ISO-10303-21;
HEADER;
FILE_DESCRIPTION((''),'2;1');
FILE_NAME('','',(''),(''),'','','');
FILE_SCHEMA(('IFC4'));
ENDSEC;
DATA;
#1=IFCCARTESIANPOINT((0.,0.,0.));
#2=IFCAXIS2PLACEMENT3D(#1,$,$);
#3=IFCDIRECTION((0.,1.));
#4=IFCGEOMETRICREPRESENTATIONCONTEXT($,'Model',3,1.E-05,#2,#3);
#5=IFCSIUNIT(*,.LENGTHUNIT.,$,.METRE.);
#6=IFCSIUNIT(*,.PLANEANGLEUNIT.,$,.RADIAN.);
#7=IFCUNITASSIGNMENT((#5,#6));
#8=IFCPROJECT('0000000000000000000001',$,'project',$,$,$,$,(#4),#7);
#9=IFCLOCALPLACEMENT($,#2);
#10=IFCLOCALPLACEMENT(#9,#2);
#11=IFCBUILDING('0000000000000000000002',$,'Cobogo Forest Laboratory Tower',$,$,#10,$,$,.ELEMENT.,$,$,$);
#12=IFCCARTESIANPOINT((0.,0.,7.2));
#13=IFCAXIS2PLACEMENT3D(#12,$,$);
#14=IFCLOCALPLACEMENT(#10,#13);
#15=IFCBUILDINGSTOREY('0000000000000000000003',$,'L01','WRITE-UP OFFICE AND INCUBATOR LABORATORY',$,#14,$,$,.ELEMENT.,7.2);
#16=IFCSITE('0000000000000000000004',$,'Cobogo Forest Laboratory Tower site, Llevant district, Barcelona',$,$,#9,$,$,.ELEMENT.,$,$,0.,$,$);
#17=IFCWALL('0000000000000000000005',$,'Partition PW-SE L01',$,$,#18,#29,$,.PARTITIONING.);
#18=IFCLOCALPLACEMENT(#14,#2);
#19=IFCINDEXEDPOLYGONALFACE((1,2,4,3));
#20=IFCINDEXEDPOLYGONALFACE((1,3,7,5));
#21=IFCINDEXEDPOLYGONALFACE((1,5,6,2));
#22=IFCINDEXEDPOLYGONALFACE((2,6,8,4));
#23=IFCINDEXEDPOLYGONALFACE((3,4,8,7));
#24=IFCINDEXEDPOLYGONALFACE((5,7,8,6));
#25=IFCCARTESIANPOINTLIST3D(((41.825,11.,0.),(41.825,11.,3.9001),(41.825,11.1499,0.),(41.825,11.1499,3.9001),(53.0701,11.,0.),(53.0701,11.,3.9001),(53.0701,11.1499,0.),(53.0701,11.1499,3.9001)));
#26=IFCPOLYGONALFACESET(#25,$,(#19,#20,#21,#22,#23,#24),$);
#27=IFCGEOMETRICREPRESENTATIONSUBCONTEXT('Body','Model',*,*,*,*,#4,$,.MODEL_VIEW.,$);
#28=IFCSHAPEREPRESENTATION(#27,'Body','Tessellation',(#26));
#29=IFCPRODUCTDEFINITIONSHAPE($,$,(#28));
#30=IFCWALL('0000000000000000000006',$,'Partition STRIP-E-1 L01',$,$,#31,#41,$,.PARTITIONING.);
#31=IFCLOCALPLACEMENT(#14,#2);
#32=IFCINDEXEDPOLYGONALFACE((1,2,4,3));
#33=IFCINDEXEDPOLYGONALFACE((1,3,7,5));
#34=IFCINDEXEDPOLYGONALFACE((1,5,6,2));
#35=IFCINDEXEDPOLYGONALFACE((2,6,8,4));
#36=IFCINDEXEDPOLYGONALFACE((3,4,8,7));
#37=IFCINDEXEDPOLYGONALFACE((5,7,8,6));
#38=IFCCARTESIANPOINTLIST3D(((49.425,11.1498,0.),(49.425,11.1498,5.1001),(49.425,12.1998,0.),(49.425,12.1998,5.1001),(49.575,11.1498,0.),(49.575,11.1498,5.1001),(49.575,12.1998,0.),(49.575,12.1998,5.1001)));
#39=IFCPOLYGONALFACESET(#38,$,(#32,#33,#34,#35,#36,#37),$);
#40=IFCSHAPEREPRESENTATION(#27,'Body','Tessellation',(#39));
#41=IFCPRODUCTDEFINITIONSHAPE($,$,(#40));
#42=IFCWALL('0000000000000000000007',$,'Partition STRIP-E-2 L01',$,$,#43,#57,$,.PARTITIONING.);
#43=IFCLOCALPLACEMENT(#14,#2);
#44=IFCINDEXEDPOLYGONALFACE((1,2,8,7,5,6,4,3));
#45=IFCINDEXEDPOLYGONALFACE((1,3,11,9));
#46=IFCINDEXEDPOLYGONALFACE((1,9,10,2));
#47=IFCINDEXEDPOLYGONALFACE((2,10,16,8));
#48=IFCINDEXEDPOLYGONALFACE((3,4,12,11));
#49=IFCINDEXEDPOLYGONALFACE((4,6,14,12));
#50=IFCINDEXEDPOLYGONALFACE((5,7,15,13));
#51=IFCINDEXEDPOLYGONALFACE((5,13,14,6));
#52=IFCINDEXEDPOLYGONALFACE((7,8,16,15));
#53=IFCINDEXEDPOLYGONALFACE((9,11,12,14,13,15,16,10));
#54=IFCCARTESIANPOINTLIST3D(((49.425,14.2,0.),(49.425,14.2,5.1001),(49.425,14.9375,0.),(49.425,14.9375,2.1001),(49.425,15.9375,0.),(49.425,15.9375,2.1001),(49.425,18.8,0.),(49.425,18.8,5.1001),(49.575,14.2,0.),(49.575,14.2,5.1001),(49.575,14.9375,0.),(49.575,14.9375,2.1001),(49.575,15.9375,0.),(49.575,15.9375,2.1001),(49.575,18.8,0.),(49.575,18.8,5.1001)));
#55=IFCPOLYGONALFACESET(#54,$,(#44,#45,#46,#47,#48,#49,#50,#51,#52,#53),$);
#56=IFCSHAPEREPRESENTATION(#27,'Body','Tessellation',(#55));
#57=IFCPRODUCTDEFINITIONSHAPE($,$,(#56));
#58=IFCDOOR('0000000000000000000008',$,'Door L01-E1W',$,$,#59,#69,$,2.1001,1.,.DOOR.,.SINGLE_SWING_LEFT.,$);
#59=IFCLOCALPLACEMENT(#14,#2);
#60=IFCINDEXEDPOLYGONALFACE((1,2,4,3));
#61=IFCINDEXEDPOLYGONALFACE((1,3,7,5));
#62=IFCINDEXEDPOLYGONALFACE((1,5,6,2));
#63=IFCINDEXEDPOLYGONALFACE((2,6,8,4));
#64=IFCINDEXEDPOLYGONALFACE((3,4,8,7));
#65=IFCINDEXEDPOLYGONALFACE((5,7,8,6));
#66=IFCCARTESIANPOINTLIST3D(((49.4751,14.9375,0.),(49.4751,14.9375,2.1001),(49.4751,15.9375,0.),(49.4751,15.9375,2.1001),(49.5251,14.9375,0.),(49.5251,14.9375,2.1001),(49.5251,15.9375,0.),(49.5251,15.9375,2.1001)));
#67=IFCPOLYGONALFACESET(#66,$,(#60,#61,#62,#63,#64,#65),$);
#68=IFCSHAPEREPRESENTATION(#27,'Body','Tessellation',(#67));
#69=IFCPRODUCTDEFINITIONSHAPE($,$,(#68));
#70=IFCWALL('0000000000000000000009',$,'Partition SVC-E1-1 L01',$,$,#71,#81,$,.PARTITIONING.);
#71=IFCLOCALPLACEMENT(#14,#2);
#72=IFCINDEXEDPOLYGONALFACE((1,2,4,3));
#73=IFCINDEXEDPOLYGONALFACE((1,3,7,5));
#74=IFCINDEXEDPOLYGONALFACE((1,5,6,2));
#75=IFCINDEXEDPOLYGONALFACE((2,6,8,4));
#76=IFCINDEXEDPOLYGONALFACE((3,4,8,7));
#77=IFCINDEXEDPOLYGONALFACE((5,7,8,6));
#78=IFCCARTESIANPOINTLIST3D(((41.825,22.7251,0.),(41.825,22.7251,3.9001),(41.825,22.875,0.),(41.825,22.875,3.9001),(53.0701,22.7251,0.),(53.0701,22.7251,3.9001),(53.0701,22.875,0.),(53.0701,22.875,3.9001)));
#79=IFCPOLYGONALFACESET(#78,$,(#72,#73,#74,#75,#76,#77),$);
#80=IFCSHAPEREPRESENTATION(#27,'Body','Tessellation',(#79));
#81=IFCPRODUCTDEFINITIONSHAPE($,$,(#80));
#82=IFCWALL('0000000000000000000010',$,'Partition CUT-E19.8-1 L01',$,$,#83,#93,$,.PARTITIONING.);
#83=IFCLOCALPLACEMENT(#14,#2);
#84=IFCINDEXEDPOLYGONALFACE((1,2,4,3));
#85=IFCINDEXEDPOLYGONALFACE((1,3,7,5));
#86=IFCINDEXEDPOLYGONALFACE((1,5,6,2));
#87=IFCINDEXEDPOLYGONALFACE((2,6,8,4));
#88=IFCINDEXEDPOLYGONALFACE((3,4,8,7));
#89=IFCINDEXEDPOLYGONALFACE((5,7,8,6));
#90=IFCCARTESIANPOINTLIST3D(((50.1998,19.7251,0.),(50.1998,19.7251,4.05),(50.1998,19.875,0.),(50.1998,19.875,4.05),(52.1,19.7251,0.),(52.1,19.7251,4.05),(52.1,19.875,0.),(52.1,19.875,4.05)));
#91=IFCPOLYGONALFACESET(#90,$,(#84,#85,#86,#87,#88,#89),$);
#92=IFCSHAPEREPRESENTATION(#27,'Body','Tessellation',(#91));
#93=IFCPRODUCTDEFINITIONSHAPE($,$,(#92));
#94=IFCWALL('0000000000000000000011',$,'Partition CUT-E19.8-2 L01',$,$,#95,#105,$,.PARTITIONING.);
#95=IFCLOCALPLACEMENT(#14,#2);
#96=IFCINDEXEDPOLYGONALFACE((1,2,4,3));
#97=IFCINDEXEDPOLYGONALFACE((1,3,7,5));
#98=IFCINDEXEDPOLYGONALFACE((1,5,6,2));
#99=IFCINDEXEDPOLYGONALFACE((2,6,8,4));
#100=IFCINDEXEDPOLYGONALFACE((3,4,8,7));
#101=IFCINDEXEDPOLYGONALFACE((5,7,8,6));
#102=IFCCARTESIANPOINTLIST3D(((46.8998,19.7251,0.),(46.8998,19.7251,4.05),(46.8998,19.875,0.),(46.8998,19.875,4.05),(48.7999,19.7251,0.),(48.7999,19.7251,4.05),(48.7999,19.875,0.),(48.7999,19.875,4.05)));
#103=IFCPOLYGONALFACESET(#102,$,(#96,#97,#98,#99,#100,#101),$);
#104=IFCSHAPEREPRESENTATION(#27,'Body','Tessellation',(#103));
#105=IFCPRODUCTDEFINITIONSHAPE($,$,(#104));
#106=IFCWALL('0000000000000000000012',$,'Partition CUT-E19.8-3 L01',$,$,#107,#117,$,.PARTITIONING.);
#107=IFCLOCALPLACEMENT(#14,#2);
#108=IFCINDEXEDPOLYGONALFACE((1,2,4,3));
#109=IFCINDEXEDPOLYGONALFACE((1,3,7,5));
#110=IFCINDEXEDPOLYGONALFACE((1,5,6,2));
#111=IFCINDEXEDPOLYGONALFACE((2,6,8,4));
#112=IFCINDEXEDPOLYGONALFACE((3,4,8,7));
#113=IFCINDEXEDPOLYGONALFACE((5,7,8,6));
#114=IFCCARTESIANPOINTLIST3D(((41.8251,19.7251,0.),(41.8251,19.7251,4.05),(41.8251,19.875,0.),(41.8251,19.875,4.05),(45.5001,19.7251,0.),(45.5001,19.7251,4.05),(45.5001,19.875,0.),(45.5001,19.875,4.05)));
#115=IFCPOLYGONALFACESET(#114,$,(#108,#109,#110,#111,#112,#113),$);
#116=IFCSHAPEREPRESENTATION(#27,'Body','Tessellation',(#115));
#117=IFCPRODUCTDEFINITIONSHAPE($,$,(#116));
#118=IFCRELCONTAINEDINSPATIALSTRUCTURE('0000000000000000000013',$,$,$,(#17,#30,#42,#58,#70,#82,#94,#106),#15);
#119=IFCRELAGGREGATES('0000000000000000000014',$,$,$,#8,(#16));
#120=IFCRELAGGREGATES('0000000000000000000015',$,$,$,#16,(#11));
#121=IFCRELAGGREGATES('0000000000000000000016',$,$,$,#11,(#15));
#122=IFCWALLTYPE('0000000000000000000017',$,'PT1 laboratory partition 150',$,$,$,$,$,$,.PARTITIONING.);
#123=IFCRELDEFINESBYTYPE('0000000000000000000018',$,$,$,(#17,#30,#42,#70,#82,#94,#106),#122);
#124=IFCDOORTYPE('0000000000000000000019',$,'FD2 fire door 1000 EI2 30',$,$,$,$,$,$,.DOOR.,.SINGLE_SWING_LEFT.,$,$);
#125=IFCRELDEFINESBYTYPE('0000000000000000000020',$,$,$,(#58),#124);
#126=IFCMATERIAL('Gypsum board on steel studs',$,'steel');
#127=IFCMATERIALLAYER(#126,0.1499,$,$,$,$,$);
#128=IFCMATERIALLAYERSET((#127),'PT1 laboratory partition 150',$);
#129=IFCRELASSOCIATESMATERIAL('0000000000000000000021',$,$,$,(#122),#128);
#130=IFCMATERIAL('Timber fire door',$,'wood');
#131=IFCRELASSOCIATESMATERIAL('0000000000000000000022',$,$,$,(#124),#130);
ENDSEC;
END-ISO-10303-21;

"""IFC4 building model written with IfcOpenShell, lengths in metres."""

from ifc_helpers import new_model, si_unit, direction, frame, frame_2d, origin, place, context, subcontext, project, spatial, rectangle, extrude, material, layer, layer_set, type_object, element, fill, save


model = new_model("IFC4")

# Units and contexts
model_context = context("Model", 3, precision=1e-05, world=origin(), true_north=direction((0.0, 1.0)))
body_context = subcontext(model_context, "Body", "Model", "MODEL_VIEW")
ifc_project = project(units=[si_unit("LENGTHUNIT", "METRE"), si_unit("PLANEANGLEUNIT", "RADIAN")], contexts=[model_context])

# Site, building, storey
site_placement = place(None, origin())
site = spatial("IfcSite", under=ifc_project, at=site_placement, Name="Cobogo Forest Laboratory Tower site, Llevant district, Barcelona", CompositionType="ELEMENT", RefElevation=0.0)
building_placement = place(site_placement, origin())
building = spatial("IfcBuilding", under=site, at=building_placement, Name="Cobogo Forest Laboratory Tower", CompositionType="ELEMENT")
storey_placement = place(building_placement, frame((0.0, 0.0, 7.2)))
storey = spatial("IfcBuildingStorey", under=building, at=storey_placement, Name="L01", Description="WRITE-UP OFFICE AND INCUBATOR LABORATORY", CompositionType="ELEMENT", Elevation=7.2)

# Walls
ifc_material_1 = material(Name="Gypsum board on steel studs", Category="steel")
ifc_layer_1 = layer(ifc_material_1, 0.1499)
ifc_layer_set_1 = layer_set([ifc_layer_1], Name="PT1 laboratory partition 150")
wall_type = type_object("IfcWallType", Name="PT1 laboratory partition 150", PredefinedType="PARTITIONING", material=ifc_layer_set_1)
wall_1_placement = place(storey_placement, frame((53.0701, 11.075, 0.0), z_axis=(0.0, 0.0, 1.0), x_axis=(-1.0, 0.0, 0.0)))
element("IfcWall", 1, at=wall_1_placement, inside=storey, type_object=wall_type, Name="Partition PW-SE L01", PredefinedType="PARTITIONING", context=body_context, shape_type="SweptSolid", body=[
    extrude(rectangle(XDim=11.2451, YDim=0.1499, at=frame_2d((5.6226, 0.0))), origin(), (0.0, 0.0, 1.0), 3.9001),
])
wall_2_placement = place(storey_placement, frame((49.5, 11.1499, 0.0), z_axis=(0.0, 0.0, 1.0), x_axis=(0.0, 1.0, 0.0)))
element("IfcWall", 2, at=wall_2_placement, inside=storey, type_object=wall_type, Name="Partition STRIP-E-1 L01", PredefinedType="PARTITIONING", context=body_context, shape_type="SweptSolid", body=[
    extrude(rectangle(XDim=1.05, YDim=0.1499, at=frame_2d((0.5249, 0.0))), origin(), (0.0, 0.0, 1.0), 5.1001),
])

# Wall, opening, door
wall_3_placement = place(storey_placement, frame((49.5, 14.2, 0.0), z_axis=(0.0, 0.0, 1.0), x_axis=(0.0, 1.0, 0.0)))
wall_3 = element("IfcWall", 3, at=wall_3_placement, inside=storey, type_object=wall_type, Name="Partition STRIP-E-2 L01", PredefinedType="PARTITIONING", context=body_context, shape_type="SweptSolid", body=[
    extrude(rectangle(XDim=4.6001, YDim=0.1499, at=frame_2d((2.3, 0.0))), origin(), (0.0, 0.0, 1.0), 5.1001),
])
opening_placement = place(wall_3_placement, frame((0.7375, 0.0, 0.0)))
opening = element("IfcOpeningElement", 4, at=opening_placement, cuts=wall_3, PredefinedType="OPENING", context=body_context, shape_type="SweptSolid", body=[
    extrude(rectangle(XDim=1.0, YDim=2.1001, at=frame_2d((0.5, 1.05))), frame((0.0, 0.085, 0.0), z_axis=(0.0, -1.0, 0.0), x_axis=(1.0, 0.0, 0.0)), (0.0, 0.0, 1.0), 0.1699),
])
ifc_material_2 = material(Name="Timber fire door", Category="wood")
door_type = type_object("IfcDoorType", Name="FD2 fire door 1000 EI2 30", OperationType="SINGLE_SWING_LEFT", PredefinedType="DOOR", material=ifc_material_2)
door_placement = place(opening_placement, origin())
door = element("IfcDoor", 5, at=door_placement, inside=storey, type_object=door_type, Name="Door L01-E1W", OperationType="SINGLE_SWING_LEFT", OverallHeight=2.1001, OverallWidth=1.0, PredefinedType="DOOR", context=body_context, shape_type="SweptSolid", body=[
    extrude(rectangle(XDim=1.0, YDim=2.1001, at=frame_2d((0.5, 1.05))), frame((0.0, 0.0249, 0.0), z_axis=(0.0, -1.0, 0.0), x_axis=(1.0, 0.0, 0.0)), (0.0, 0.0, 1.0), 0.05),
])
fill(opening, door)

# Walls
wall_4_placement = place(storey_placement, frame((53.0701, 22.8, 0.0), z_axis=(0.0, 0.0, 1.0), x_axis=(-1.0, 0.0, 0.0)))
element("IfcWall", 6, at=wall_4_placement, inside=storey, type_object=wall_type, Name="Partition SVC-E1-1 L01", PredefinedType="PARTITIONING", context=body_context, shape_type="SweptSolid", body=[
    extrude(rectangle(XDim=11.2451, YDim=0.1499, at=frame_2d((5.6226, 0.0))), origin(), (0.0, 0.0, 1.0), 3.9001),
])
for number, where, z_axis, x_axis, name in (
    (7, (52.1001, 19.8, 0.0), (0.0, 0.0, 1.0), (-1.0, 0.0, 0.0), "Partition CUT-E19.8-1 L01"),
    (8, (48.8, 19.8, 0.0), (0.0, 0.0, 1.0), (-1.0, 0.0, 0.0), "Partition CUT-E19.8-2 L01"),
):
    element("IfcWall", number, at=place(storey_placement, frame(where, z_axis=z_axis, x_axis=x_axis)), inside=storey, type_object=wall_type, Name=name, PredefinedType="PARTITIONING", context=body_context, shape_type="SweptSolid", body=[
        extrude(rectangle(XDim=1.9001, YDim=0.1499, at=frame_2d((0.9502, 0.0))), origin(), (0.0, 0.0, 1.0), 4.05),
    ])
wall_5_placement = place(storey_placement, frame((45.5, 19.8, 0.0), z_axis=(0.0, 0.0, 1.0), x_axis=(-1.0, 0.0, 0.0)))
element("IfcWall", 9, at=wall_5_placement, inside=storey, type_object=wall_type, Name="Partition CUT-E19.8-3 L01", PredefinedType="PARTITIONING", context=body_context, shape_type="SweptSolid", body=[
    extrude(rectangle(XDim=3.675, YDim=0.1499, at=frame_2d((1.8374, 0.0))), origin(), (0.0, 0.0, 1.0), 4.05),
])

save(model, "model.ifc")
